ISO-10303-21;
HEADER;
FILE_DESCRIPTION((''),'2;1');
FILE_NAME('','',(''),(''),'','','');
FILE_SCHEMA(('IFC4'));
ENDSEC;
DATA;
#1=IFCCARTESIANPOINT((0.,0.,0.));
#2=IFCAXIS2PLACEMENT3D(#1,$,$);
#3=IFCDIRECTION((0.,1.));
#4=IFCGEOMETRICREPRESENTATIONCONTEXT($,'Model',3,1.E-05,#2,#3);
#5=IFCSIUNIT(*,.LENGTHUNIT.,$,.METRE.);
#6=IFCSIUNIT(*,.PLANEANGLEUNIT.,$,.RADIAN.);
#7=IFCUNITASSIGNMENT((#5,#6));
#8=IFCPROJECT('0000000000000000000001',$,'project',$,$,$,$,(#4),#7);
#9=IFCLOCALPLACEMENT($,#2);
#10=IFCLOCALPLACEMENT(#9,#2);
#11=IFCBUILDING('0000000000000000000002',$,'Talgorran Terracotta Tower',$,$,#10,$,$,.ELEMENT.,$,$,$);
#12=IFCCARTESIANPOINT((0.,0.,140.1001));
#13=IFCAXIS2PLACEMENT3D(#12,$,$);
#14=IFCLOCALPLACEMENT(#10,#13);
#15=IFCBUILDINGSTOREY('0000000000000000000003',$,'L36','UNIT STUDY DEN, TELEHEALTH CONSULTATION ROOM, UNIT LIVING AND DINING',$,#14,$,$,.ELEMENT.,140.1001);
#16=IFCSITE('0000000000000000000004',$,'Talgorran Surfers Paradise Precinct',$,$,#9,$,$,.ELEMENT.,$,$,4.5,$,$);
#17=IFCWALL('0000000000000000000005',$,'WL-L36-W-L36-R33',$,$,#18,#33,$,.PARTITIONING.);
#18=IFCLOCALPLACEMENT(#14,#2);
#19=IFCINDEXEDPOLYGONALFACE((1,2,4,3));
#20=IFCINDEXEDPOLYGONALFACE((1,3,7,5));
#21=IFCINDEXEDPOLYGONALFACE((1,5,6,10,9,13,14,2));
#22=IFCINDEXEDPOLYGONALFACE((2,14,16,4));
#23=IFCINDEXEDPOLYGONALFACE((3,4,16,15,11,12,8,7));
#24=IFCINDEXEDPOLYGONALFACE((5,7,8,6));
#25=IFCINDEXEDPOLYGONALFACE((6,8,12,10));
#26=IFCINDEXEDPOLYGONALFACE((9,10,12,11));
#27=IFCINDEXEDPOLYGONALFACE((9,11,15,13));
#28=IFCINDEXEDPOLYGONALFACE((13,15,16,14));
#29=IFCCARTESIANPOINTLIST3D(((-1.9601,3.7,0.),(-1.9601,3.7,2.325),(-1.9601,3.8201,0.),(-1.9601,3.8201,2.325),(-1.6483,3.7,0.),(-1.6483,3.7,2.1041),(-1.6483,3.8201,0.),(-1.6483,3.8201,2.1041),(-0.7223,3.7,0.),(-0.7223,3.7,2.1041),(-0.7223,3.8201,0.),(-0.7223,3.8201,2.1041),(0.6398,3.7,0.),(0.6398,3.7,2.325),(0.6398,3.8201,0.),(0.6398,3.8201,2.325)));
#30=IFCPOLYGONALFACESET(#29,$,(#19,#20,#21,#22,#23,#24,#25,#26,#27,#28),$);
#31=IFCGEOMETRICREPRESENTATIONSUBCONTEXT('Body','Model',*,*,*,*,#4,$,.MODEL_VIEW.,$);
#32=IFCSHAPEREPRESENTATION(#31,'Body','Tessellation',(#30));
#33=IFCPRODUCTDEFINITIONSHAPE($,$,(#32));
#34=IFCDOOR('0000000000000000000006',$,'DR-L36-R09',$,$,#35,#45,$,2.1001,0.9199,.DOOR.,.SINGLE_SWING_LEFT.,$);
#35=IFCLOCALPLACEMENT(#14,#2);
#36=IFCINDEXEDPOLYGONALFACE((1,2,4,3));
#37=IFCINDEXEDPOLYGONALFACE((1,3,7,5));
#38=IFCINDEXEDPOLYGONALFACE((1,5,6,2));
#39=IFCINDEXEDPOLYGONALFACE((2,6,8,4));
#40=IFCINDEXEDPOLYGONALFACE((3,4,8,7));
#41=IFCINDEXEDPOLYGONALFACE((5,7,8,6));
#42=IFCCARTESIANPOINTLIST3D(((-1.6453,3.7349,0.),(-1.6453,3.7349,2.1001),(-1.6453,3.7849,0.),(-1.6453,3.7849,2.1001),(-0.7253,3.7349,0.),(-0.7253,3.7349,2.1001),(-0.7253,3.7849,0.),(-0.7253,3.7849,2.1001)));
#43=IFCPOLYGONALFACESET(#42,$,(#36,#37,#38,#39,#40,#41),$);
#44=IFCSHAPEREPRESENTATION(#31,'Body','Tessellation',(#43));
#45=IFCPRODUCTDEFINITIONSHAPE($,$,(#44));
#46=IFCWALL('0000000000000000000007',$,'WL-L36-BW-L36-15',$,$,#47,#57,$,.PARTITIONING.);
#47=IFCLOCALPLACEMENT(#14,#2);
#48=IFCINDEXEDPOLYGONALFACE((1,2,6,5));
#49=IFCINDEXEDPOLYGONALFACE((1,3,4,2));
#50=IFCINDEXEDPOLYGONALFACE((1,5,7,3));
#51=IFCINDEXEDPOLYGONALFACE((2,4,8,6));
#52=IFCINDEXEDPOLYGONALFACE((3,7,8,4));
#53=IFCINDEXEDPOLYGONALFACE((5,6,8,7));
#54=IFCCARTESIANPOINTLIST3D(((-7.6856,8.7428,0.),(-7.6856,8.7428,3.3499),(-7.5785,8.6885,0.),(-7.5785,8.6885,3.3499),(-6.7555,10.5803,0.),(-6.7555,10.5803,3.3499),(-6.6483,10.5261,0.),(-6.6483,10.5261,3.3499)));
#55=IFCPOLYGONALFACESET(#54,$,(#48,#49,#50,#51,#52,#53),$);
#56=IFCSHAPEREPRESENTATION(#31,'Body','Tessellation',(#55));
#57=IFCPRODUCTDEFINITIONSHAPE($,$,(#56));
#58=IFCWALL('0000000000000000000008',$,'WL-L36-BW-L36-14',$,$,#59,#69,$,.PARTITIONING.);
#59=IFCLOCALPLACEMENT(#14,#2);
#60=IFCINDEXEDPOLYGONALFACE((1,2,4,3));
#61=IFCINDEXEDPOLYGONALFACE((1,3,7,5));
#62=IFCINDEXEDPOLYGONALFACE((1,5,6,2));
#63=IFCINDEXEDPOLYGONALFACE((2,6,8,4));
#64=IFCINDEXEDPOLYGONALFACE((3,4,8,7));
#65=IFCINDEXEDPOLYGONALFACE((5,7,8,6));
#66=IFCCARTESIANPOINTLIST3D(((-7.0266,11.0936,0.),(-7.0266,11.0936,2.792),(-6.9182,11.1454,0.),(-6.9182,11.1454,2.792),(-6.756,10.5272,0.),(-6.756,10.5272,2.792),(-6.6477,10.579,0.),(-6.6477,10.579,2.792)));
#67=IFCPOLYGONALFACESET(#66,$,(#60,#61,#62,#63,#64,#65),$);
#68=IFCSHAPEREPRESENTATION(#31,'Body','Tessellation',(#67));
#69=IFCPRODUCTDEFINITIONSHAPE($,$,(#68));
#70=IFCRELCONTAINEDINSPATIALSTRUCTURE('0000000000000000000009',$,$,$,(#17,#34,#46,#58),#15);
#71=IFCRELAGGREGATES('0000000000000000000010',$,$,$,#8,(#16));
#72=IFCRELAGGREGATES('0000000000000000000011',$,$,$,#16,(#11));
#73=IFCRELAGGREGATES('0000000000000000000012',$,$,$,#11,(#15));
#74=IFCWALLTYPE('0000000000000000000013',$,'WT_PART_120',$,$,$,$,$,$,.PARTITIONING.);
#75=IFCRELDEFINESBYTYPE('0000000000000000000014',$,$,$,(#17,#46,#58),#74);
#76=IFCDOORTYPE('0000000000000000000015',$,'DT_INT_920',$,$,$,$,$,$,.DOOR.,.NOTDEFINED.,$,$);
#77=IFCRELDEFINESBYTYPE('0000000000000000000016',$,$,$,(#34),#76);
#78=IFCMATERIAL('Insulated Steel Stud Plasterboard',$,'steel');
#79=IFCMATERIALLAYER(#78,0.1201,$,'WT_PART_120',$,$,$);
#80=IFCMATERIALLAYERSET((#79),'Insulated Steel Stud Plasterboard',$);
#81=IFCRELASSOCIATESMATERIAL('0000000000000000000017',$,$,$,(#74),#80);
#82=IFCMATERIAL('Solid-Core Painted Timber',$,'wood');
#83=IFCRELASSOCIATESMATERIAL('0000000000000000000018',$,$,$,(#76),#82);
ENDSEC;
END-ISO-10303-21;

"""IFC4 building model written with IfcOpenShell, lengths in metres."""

from ifc_helpers import new_model, si_unit, direction, frame, frame_2d, origin, place, context, subcontext, project, spatial, rectangle, extrude, material, layer, layer_set, type_object, element, fill, save


model = new_model("IFC4")

# Units and contexts
model_context = context("Model", 3, precision=1e-05, world=origin(), true_north=direction((0.0, 1.0)))
body_context = subcontext(model_context, "Body", "Model", "MODEL_VIEW")
ifc_project = project(units=[si_unit("LENGTHUNIT", "METRE"), si_unit("PLANEANGLEUNIT", "RADIAN")], contexts=[model_context])

# Site, building, storey
site_placement = place(None, origin())
site = spatial("IfcSite", under=ifc_project, at=site_placement, Name="Talgorran Surfers Paradise Precinct", CompositionType="ELEMENT", RefElevation=4.5)
building_placement = place(site_placement, origin())
building = spatial("IfcBuilding", under=site, at=building_placement, Name="Talgorran Terracotta Tower", CompositionType="ELEMENT")
storey_placement = place(building_placement, frame((0.0, 0.0, 140.1001)))
storey = spatial("IfcBuildingStorey", under=building, at=storey_placement, Name="L36", Description="UNIT STUDY DEN, TELEHEALTH CONSULTATION ROOM, UNIT LIVING AND DINING", CompositionType="ELEMENT", Elevation=140.1001)

# Shared definitions
ifc_material_1 = material(Name="Insulated Steel Stud Plasterboard", Category="steel")
ifc_layer_1 = layer(ifc_material_1, 0.1201, Name="WT_PART_120")
ifc_layer_set_1 = layer_set([ifc_layer_1], Name="Insulated Steel Stud Plasterboard")
wall_type = type_object("IfcWallType", Name="WT_PART_120", PredefinedType="PARTITIONING", material=ifc_layer_set_1)
ifc_material_2 = material(Name="Solid-Core Painted Timber", Category="wood")
door_type = type_object("IfcDoorType", Name="DT_INT_920", OperationType="NOTDEFINED", PredefinedType="DOOR", material=ifc_material_2)

# Wall, opening, door
wall_1_placement = place(storey_placement, frame((-1.96, 3.76, 0.0), z_axis=(0.0, 0.0, 1.0), x_axis=(1.0, 0.0, 0.0)))
wall_1 = element("IfcWall", 1, at=wall_1_placement, inside=storey, type_object=wall_type, Name="WL-L36-W-L36-R33", PredefinedType="PARTITIONING", context=body_context, shape_type="SweptSolid", body=[
    extrude(rectangle(XDim=2.5999, YDim=0.1201, at=frame_2d((1.2998, 0.0))), origin(), (0.0, 0.0, 1.0), 2.325),
])
opening_1_placement = place(wall_1_placement, frame((0.3147, 0.0, 0.0)))
opening_1 = element("IfcOpeningElement", 2, at=opening_1_placement, cuts=wall_1, PredefinedType="OPENING", context=body_context, shape_type="SweptSolid", body=[
    extrude(rectangle(XDim=0.9259, YDim=2.1041, at=frame_2d((0.46, 1.052))), frame((0.0, 0.0701, 0.0), z_axis=(0.0, -1.0, 0.0), x_axis=(1.0, 0.0, 0.0)), (0.0, 0.0, 1.0), 0.1401),
])
door_1_placement = place(opening_1_placement, origin())
door_1 = element("IfcDoor", 3, at=door_1_placement, inside=storey, type_object=door_type, Name="DR-L36-R09", OperationType="SINGLE_SWING_LEFT", OverallHeight=2.1001, OverallWidth=0.9199, PredefinedType="DOOR", context=body_context, shape_type="SweptSolid", body=[
    extrude(rectangle(XDim=0.9199, YDim=2.1001, at=frame_2d((0.46, 1.05))), frame((0.0, 0.0249, 0.0), z_axis=(0.0, -1.0, 0.0), x_axis=(1.0, 0.0, 0.0)), (0.0, 0.0, 1.0), 0.05),
])
fill(opening_1, door_1)

# Walls
wall_2_placement = place(storey_placement, frame((-6.7019, 10.5532, 0.0), z_axis=(0.0, 0.0, 1.0), x_axis=(-0.451618, -0.892212, 0.0)))
element("IfcWall", 4, at=wall_2_placement, inside=storey, type_object=wall_type, Name="WL-L36-BW-L36-15", PredefinedType="PARTITIONING", context=body_context, shape_type="SweptSolid", body=[
    extrude(rectangle(XDim=2.0596, YDim=0.1201, at=frame_2d((1.0298, 0.0))), origin(), (0.0, 0.0, 1.0), 3.3499),
])
wall_3_placement = place(storey_placement, frame((-6.9724, 11.1196, 0.0), z_axis=(0.0, 0.0, 1.0), x_axis=(0.43096, -0.902371, 0.0)))
element("IfcWall", 5, at=wall_3_placement, inside=storey, type_object=wall_type, Name="WL-L36-BW-L36-14", PredefinedType="PARTITIONING", context=body_context, shape_type="SweptSolid", body=[
    extrude(rectangle(XDim=0.6277, YDim=0.1201, at=frame_2d((0.314, 0.0))), origin(), (0.0, 0.0, 1.0), 2.792),
])

save(model, "model.ifc")
